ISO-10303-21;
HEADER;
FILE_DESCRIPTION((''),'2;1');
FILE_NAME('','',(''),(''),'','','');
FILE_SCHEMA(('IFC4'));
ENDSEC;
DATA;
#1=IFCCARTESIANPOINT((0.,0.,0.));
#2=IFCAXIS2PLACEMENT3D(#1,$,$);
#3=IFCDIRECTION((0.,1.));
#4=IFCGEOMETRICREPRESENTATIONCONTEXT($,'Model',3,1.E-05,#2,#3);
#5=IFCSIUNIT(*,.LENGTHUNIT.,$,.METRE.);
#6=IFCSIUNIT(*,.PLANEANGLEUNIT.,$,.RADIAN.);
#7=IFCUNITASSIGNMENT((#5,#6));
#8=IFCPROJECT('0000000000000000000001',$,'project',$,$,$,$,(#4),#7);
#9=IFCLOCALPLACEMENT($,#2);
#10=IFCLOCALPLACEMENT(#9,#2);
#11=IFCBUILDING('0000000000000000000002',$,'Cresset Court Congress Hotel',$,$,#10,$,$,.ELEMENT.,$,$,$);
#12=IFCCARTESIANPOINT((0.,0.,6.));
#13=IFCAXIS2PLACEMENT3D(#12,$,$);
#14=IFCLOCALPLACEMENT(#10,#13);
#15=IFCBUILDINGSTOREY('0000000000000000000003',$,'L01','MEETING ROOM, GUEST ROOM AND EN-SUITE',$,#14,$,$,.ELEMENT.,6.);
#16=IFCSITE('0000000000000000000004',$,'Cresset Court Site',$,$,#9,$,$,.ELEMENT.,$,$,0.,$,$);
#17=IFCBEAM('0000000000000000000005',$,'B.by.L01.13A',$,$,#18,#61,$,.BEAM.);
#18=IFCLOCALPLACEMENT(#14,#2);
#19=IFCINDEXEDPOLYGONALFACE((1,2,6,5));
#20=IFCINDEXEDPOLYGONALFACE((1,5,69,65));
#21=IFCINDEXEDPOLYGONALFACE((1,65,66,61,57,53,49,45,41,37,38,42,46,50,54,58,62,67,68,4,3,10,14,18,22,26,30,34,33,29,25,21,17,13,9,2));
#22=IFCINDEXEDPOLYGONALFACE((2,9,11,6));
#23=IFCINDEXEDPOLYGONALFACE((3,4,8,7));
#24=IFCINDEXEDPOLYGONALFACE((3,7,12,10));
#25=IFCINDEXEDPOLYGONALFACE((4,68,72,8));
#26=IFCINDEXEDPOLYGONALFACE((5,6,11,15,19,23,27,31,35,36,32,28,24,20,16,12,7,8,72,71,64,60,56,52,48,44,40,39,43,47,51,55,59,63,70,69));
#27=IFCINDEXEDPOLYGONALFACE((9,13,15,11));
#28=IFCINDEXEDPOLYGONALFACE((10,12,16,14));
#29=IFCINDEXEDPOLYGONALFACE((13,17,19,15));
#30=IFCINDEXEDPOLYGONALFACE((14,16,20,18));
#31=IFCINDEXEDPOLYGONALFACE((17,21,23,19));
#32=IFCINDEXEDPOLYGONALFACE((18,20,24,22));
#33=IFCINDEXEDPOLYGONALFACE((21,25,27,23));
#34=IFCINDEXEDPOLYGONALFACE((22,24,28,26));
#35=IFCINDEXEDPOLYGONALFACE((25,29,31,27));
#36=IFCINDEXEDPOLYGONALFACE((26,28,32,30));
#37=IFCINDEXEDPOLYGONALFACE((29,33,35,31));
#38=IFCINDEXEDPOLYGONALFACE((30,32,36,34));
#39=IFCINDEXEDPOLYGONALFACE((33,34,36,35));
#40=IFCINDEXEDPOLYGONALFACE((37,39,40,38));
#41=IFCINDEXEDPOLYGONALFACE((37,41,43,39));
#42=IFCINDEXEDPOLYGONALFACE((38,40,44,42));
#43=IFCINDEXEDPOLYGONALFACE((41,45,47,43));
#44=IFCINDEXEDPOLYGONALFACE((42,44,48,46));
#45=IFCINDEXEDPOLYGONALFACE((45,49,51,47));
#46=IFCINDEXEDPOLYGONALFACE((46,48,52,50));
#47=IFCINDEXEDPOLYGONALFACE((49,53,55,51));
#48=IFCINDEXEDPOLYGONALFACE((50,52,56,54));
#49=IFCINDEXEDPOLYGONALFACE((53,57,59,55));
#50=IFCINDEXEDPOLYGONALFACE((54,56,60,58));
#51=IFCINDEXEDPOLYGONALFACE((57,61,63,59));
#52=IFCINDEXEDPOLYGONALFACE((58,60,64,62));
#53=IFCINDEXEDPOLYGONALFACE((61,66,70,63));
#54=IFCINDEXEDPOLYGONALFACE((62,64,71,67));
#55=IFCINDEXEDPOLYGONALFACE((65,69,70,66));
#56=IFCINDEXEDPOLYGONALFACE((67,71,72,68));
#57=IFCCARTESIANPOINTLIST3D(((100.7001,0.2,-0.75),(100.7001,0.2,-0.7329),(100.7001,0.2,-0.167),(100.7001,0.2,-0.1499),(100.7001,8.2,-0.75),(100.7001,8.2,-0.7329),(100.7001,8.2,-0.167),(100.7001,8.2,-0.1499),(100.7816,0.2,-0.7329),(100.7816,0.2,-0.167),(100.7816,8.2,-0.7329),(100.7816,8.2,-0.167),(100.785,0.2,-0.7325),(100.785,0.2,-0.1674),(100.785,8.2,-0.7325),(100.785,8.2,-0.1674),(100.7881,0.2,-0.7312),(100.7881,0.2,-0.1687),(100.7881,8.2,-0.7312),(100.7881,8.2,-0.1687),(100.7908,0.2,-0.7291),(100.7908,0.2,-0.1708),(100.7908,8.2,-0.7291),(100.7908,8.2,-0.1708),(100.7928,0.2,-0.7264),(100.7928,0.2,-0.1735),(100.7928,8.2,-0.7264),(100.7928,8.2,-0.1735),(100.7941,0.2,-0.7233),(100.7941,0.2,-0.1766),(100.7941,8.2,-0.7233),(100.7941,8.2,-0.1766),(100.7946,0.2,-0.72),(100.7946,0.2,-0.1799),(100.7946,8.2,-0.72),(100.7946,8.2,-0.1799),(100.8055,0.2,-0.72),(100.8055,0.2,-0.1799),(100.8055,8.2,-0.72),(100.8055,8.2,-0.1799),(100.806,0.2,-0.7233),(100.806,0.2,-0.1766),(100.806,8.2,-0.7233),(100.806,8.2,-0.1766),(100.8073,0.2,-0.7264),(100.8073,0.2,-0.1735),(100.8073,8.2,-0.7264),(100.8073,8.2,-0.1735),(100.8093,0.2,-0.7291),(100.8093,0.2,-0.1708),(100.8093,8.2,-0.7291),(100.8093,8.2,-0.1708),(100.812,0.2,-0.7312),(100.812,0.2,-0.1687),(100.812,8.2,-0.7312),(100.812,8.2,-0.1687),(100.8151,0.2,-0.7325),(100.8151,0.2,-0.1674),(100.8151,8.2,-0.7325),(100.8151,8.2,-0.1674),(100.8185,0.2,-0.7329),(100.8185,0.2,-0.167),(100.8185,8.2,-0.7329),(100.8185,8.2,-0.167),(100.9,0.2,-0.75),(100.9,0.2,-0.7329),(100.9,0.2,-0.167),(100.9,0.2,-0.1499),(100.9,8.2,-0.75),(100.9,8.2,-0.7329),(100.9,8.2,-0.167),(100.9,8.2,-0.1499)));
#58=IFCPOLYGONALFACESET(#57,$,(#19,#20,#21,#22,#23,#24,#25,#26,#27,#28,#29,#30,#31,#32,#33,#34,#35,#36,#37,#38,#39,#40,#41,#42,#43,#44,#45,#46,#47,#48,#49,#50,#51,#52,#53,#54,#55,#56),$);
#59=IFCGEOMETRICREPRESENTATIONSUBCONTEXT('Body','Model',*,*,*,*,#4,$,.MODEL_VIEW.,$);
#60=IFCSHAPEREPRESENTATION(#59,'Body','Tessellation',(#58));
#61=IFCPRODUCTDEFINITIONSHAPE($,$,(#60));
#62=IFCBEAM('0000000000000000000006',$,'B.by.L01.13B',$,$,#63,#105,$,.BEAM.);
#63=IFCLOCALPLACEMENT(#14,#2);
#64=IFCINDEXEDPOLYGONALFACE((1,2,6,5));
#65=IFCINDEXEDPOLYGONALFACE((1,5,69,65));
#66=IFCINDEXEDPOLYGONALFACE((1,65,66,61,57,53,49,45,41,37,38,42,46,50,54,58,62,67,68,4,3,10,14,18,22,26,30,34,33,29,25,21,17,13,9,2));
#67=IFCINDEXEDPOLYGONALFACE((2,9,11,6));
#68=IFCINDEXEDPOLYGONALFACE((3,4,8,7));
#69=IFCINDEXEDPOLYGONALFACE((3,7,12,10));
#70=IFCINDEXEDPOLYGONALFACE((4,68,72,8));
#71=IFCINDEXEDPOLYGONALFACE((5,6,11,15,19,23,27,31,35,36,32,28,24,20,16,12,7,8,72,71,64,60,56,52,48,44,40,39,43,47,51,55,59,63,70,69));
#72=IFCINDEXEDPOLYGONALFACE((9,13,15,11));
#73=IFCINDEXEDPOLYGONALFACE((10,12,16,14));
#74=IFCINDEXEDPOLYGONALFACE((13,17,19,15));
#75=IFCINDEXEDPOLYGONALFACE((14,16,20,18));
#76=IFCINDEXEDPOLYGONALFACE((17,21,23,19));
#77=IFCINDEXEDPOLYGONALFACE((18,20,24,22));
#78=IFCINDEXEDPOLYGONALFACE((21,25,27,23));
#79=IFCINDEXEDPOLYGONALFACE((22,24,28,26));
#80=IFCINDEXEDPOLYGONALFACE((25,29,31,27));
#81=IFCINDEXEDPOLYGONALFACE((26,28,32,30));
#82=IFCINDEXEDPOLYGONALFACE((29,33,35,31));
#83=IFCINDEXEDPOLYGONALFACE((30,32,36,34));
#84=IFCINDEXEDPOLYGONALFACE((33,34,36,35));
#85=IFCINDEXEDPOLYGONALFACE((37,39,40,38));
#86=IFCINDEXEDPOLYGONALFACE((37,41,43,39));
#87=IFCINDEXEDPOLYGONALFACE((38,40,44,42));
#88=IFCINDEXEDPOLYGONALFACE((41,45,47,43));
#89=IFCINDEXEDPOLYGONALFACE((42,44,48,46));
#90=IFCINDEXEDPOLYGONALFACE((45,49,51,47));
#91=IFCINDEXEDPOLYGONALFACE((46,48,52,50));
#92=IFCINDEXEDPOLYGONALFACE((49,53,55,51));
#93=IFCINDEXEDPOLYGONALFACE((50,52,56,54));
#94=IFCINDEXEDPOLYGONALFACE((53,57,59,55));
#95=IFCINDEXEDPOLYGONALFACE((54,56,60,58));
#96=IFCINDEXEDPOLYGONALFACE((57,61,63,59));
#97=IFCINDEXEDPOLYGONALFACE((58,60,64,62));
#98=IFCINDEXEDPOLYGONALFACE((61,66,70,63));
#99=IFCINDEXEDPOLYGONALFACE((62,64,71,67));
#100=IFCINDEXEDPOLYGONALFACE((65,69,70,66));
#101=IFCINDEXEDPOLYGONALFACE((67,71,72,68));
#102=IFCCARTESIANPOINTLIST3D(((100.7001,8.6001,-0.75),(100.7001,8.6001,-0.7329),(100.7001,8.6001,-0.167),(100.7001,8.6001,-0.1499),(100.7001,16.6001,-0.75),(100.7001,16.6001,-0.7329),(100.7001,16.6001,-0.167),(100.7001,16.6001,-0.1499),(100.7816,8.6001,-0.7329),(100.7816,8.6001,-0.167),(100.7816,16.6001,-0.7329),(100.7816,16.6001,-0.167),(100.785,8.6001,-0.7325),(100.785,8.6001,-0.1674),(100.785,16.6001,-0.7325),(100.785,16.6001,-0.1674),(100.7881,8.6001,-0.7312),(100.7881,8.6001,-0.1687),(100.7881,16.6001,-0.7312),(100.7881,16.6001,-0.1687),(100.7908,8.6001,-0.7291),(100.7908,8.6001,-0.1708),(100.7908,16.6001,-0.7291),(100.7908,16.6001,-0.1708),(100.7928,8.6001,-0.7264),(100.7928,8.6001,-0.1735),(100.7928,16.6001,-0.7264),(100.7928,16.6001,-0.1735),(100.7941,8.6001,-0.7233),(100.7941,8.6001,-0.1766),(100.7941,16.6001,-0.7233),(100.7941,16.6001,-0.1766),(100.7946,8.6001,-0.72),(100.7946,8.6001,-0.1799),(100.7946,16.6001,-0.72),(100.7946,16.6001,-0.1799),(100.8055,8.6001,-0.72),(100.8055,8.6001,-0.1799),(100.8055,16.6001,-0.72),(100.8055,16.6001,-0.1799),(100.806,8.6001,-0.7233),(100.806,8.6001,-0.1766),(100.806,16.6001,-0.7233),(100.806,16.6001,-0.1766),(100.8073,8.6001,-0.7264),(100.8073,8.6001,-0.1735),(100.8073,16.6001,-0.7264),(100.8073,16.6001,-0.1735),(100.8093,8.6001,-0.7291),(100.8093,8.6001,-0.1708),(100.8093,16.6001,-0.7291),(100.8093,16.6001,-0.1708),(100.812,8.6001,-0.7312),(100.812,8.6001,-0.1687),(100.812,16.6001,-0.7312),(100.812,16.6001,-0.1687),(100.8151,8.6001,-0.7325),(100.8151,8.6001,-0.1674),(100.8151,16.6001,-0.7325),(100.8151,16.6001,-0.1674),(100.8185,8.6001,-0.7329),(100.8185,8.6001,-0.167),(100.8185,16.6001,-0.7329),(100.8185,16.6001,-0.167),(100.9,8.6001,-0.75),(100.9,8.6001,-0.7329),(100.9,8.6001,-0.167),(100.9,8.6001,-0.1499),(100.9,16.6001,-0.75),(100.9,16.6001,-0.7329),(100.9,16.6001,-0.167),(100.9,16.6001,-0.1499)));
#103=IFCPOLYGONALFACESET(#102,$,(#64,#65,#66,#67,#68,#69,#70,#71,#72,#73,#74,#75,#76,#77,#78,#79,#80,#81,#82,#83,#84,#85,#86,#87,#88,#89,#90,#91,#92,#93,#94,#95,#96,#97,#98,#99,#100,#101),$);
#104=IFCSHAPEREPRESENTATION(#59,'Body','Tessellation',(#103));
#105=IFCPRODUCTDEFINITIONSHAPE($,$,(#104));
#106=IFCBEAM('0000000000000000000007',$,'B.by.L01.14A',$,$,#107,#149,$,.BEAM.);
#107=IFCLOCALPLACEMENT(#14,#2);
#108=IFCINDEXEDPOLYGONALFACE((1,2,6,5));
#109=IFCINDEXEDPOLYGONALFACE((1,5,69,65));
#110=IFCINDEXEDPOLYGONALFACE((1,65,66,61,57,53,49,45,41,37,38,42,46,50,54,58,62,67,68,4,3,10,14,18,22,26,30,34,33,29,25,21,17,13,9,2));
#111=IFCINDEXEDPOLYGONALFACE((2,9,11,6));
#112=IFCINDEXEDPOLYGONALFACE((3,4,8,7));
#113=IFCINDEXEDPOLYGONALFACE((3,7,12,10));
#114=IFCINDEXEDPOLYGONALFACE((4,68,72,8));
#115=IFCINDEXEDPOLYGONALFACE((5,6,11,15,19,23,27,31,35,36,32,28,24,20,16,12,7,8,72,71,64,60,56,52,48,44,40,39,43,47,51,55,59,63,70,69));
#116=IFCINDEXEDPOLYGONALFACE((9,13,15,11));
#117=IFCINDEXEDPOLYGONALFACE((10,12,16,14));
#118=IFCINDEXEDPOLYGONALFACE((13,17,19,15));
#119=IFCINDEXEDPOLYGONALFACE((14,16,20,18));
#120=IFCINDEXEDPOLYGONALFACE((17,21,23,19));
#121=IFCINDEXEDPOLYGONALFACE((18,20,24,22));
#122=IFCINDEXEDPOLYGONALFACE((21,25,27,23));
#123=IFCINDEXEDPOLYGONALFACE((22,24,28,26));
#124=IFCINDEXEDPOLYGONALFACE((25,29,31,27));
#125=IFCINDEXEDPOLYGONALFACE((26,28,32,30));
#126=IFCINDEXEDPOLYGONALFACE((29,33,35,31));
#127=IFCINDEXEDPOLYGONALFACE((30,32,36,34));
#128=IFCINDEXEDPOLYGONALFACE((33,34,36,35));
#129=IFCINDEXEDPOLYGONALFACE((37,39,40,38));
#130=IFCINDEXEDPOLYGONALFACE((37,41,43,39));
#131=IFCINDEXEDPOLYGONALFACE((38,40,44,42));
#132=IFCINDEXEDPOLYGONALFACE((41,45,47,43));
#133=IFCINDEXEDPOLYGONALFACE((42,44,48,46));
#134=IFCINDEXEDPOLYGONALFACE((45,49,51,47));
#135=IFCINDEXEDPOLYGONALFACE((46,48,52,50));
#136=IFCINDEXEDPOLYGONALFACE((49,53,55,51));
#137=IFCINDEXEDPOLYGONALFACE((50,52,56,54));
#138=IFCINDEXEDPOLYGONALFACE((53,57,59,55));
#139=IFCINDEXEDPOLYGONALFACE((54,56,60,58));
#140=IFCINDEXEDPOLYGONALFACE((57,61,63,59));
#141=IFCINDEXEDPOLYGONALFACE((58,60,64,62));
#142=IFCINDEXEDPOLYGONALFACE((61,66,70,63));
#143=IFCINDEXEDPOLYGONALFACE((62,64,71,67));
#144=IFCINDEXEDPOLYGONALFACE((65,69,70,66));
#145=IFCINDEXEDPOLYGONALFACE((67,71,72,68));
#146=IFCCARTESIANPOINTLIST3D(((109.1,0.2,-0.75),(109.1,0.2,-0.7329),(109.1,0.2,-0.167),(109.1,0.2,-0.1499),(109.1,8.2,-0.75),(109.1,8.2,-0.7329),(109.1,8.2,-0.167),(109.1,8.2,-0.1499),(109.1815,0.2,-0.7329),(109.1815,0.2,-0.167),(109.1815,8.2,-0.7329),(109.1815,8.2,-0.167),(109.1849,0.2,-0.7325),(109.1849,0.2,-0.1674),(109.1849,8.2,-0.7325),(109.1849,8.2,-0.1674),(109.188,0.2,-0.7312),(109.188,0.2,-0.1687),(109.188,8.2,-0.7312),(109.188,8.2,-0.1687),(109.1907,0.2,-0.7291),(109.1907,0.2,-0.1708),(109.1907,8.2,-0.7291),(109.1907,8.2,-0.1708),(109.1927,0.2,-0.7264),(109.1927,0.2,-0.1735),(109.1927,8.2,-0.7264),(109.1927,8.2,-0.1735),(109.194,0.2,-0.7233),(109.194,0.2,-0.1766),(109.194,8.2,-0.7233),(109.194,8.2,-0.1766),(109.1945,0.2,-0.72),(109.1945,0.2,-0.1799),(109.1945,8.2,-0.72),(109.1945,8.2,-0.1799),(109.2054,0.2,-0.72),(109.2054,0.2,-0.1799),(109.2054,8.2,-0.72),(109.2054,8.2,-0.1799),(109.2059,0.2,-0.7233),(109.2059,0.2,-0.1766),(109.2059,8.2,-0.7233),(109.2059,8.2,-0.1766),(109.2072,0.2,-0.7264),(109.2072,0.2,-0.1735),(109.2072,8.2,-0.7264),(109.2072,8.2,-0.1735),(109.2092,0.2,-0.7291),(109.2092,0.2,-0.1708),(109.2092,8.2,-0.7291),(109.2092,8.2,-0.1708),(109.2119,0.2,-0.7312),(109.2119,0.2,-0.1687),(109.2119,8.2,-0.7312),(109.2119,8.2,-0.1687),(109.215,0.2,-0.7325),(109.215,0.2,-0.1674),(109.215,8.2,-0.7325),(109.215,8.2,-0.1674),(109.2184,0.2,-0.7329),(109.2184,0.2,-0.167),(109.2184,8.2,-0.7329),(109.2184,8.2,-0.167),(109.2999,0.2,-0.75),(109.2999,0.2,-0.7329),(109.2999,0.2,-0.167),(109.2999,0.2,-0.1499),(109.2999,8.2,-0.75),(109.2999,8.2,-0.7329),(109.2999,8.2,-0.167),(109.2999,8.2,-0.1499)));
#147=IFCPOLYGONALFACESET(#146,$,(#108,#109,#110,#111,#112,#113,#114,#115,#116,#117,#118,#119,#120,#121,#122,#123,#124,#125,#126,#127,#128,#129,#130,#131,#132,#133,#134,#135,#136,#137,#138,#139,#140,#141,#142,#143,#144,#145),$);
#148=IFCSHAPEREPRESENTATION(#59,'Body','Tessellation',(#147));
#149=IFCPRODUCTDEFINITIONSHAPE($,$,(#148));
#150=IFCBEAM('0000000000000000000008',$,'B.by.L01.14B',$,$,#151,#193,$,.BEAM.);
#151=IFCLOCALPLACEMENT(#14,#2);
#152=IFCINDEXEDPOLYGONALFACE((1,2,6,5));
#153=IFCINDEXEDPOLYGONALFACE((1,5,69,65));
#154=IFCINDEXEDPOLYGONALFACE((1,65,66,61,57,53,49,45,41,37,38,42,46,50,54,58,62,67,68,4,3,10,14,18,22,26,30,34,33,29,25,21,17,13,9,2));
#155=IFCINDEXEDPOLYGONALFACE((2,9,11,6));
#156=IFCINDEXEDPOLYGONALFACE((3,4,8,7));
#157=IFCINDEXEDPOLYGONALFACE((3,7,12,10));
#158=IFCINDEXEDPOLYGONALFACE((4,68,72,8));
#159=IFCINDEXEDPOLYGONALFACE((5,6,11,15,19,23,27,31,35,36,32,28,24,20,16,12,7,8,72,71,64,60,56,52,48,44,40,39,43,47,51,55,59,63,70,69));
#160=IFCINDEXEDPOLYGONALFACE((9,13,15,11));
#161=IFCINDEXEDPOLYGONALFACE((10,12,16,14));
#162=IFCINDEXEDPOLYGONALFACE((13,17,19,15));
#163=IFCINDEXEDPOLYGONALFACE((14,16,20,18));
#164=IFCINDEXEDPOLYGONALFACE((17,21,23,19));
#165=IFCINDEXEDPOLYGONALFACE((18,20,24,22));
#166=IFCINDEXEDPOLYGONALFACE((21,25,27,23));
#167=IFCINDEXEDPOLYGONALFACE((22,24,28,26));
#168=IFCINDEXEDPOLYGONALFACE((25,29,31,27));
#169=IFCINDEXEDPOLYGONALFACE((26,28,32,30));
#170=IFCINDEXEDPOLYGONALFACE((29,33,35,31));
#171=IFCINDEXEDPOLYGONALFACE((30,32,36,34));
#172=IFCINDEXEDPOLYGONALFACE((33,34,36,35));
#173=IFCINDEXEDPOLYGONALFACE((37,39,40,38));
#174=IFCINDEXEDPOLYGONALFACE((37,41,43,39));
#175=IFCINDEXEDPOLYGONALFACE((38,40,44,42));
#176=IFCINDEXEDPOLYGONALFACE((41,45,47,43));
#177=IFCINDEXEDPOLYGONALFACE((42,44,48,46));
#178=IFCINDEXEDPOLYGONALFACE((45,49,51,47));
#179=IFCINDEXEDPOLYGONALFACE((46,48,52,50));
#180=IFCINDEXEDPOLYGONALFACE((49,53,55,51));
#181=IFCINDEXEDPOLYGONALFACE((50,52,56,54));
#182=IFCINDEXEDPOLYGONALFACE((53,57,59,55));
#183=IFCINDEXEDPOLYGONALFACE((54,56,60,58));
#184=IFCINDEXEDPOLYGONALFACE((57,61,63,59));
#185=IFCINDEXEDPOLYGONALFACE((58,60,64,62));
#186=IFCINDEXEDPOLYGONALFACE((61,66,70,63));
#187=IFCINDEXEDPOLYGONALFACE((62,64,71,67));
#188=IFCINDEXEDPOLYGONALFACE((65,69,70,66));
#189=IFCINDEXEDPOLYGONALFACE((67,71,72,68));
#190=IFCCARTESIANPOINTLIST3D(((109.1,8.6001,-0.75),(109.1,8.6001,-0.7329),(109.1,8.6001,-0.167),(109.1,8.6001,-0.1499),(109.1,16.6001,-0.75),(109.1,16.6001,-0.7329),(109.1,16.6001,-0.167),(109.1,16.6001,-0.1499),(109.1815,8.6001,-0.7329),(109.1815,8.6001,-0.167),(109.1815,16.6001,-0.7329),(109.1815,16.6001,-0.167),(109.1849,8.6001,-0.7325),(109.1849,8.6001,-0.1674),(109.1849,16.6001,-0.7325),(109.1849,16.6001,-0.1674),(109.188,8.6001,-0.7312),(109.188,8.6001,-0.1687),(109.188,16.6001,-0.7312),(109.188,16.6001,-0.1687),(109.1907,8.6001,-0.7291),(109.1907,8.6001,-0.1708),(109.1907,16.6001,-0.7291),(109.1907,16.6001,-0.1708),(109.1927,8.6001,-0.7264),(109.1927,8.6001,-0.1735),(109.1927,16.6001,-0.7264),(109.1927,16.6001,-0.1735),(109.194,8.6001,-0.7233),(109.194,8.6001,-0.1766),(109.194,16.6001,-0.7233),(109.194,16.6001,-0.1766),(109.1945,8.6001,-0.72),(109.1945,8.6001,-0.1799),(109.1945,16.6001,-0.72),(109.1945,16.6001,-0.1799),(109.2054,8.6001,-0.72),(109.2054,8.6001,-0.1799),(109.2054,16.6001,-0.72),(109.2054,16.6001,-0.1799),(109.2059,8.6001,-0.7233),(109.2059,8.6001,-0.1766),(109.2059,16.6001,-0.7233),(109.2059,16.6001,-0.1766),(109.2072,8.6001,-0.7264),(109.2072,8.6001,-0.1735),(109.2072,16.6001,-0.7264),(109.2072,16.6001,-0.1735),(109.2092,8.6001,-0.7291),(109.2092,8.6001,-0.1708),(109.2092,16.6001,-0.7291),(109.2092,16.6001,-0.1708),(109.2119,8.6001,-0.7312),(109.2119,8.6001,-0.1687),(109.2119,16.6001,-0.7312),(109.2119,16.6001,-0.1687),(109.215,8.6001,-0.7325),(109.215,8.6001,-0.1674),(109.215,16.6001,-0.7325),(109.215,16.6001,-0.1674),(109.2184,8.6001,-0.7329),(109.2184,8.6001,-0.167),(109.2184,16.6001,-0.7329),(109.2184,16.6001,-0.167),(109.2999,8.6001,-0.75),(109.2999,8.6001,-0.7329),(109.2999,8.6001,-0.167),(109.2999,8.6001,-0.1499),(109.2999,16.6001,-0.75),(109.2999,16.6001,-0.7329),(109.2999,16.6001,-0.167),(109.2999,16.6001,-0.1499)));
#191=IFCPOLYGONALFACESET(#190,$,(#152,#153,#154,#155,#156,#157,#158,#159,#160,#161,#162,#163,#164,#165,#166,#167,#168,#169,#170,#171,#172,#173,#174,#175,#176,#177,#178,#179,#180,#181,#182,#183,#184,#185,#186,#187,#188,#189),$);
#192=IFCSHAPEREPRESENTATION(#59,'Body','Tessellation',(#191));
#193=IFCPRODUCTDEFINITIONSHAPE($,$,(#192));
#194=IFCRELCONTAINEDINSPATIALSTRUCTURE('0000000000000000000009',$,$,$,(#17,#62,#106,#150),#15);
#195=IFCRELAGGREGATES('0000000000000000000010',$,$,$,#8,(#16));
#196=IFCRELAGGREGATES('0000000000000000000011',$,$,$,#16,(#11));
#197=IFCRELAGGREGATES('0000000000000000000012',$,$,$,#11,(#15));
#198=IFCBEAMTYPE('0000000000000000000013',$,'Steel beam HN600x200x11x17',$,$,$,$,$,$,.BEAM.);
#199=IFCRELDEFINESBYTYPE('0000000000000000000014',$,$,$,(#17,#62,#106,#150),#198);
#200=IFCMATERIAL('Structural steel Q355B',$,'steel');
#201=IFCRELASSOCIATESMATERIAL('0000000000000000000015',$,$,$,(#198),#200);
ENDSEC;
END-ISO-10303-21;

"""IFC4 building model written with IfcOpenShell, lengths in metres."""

from ifc_helpers import new_model, si_unit, direction, frame, origin, origin_2d, place, context, subcontext, project, spatial, i_section, extrude, material, material_profile, profile_set, type_object, element, save


model = new_model("IFC4")

# Units and contexts
model_context = context("Model", 3, precision=1e-05, world=origin(), true_north=direction((0.0, 1.0)))
body_context = subcontext(model_context, "Body", "Model", "MODEL_VIEW")
ifc_project = project(units=[si_unit("LENGTHUNIT", "METRE"), si_unit("PLANEANGLEUNIT", "RADIAN")], contexts=[model_context])

# Site, building, storey
site_placement = place(None, origin())
site = spatial("IfcSite", under=ifc_project, at=site_placement, Name="Cresset Court Site", CompositionType="ELEMENT", RefElevation=0.0)
building_placement = place(site_placement, origin())
building = spatial("IfcBuilding", under=site, at=building_placement, Name="Cresset Court Congress Hotel", CompositionType="ELEMENT")
storey_placement = place(building_placement, frame((0.0, 0.0, 6.0)))
storey = spatial("IfcBuildingStorey", under=building, at=storey_placement, Name="L01", Description="MEETING ROOM, GUEST ROOM AND EN-SUITE", CompositionType="ELEMENT", Elevation=6.0)

# Beams
ifc_material_1 = material(Name="Structural steel Q355B", Category="steel")
ifc_material_profile_1 = material_profile(ifc_material_1, i_section(OverallWidth=0.2, OverallDepth=0.6001, WebThickness=0.011, FlangeThickness=0.0171, FilletRadius=0.0129, at=origin_2d()), Name="HN600x200x11x17")
ifc_profile_set_1 = profile_set([ifc_material_profile_1], Name="Structural steel Q355B")
beam_type_1 = type_object("IfcBeamType", Name="Steel beam HN600x200x11x17", PredefinedType="BEAM", material=ifc_profile_set_1)
for number, where, z_axis, x_axis, name in (
    (1, (100.8, 0.2, -0.45), (0.0, 1.0, 0.0), (-1.0, 0.0, 0.0), "B.by.L01.13A"),
    (2, (100.8, 8.6001, -0.45), (0.0, 1.0, 0.0), (-1.0, 0.0, 0.0), "B.by.L01.13B"),
    (3, (109.2, 0.2, -0.45), (0.0, 1.0, 0.0), (-1.0, 0.0, 0.0), "B.by.L01.14A"),
    (4, (109.2, 8.6001, -0.45), (0.0, 1.0, 0.0), (-1.0, 0.0, 0.0), "B.by.L01.14B"),
):
    element("IfcBeam", number, at=place(storey_placement, frame(where, z_axis=z_axis, x_axis=x_axis)), inside=storey, type_object=beam_type_1, Name=name, PredefinedType="BEAM", context=body_context, shape_type="SweptSolid", body=[
        extrude(i_section(OverallWidth=0.2, OverallDepth=0.6001, WebThickness=0.011, FlangeThickness=0.0171, FilletRadius=0.0129, at=origin_2d()), origin(), (0.0, 0.0, 1.0), 8.0),
    ])

save(model, "model.ifc")
